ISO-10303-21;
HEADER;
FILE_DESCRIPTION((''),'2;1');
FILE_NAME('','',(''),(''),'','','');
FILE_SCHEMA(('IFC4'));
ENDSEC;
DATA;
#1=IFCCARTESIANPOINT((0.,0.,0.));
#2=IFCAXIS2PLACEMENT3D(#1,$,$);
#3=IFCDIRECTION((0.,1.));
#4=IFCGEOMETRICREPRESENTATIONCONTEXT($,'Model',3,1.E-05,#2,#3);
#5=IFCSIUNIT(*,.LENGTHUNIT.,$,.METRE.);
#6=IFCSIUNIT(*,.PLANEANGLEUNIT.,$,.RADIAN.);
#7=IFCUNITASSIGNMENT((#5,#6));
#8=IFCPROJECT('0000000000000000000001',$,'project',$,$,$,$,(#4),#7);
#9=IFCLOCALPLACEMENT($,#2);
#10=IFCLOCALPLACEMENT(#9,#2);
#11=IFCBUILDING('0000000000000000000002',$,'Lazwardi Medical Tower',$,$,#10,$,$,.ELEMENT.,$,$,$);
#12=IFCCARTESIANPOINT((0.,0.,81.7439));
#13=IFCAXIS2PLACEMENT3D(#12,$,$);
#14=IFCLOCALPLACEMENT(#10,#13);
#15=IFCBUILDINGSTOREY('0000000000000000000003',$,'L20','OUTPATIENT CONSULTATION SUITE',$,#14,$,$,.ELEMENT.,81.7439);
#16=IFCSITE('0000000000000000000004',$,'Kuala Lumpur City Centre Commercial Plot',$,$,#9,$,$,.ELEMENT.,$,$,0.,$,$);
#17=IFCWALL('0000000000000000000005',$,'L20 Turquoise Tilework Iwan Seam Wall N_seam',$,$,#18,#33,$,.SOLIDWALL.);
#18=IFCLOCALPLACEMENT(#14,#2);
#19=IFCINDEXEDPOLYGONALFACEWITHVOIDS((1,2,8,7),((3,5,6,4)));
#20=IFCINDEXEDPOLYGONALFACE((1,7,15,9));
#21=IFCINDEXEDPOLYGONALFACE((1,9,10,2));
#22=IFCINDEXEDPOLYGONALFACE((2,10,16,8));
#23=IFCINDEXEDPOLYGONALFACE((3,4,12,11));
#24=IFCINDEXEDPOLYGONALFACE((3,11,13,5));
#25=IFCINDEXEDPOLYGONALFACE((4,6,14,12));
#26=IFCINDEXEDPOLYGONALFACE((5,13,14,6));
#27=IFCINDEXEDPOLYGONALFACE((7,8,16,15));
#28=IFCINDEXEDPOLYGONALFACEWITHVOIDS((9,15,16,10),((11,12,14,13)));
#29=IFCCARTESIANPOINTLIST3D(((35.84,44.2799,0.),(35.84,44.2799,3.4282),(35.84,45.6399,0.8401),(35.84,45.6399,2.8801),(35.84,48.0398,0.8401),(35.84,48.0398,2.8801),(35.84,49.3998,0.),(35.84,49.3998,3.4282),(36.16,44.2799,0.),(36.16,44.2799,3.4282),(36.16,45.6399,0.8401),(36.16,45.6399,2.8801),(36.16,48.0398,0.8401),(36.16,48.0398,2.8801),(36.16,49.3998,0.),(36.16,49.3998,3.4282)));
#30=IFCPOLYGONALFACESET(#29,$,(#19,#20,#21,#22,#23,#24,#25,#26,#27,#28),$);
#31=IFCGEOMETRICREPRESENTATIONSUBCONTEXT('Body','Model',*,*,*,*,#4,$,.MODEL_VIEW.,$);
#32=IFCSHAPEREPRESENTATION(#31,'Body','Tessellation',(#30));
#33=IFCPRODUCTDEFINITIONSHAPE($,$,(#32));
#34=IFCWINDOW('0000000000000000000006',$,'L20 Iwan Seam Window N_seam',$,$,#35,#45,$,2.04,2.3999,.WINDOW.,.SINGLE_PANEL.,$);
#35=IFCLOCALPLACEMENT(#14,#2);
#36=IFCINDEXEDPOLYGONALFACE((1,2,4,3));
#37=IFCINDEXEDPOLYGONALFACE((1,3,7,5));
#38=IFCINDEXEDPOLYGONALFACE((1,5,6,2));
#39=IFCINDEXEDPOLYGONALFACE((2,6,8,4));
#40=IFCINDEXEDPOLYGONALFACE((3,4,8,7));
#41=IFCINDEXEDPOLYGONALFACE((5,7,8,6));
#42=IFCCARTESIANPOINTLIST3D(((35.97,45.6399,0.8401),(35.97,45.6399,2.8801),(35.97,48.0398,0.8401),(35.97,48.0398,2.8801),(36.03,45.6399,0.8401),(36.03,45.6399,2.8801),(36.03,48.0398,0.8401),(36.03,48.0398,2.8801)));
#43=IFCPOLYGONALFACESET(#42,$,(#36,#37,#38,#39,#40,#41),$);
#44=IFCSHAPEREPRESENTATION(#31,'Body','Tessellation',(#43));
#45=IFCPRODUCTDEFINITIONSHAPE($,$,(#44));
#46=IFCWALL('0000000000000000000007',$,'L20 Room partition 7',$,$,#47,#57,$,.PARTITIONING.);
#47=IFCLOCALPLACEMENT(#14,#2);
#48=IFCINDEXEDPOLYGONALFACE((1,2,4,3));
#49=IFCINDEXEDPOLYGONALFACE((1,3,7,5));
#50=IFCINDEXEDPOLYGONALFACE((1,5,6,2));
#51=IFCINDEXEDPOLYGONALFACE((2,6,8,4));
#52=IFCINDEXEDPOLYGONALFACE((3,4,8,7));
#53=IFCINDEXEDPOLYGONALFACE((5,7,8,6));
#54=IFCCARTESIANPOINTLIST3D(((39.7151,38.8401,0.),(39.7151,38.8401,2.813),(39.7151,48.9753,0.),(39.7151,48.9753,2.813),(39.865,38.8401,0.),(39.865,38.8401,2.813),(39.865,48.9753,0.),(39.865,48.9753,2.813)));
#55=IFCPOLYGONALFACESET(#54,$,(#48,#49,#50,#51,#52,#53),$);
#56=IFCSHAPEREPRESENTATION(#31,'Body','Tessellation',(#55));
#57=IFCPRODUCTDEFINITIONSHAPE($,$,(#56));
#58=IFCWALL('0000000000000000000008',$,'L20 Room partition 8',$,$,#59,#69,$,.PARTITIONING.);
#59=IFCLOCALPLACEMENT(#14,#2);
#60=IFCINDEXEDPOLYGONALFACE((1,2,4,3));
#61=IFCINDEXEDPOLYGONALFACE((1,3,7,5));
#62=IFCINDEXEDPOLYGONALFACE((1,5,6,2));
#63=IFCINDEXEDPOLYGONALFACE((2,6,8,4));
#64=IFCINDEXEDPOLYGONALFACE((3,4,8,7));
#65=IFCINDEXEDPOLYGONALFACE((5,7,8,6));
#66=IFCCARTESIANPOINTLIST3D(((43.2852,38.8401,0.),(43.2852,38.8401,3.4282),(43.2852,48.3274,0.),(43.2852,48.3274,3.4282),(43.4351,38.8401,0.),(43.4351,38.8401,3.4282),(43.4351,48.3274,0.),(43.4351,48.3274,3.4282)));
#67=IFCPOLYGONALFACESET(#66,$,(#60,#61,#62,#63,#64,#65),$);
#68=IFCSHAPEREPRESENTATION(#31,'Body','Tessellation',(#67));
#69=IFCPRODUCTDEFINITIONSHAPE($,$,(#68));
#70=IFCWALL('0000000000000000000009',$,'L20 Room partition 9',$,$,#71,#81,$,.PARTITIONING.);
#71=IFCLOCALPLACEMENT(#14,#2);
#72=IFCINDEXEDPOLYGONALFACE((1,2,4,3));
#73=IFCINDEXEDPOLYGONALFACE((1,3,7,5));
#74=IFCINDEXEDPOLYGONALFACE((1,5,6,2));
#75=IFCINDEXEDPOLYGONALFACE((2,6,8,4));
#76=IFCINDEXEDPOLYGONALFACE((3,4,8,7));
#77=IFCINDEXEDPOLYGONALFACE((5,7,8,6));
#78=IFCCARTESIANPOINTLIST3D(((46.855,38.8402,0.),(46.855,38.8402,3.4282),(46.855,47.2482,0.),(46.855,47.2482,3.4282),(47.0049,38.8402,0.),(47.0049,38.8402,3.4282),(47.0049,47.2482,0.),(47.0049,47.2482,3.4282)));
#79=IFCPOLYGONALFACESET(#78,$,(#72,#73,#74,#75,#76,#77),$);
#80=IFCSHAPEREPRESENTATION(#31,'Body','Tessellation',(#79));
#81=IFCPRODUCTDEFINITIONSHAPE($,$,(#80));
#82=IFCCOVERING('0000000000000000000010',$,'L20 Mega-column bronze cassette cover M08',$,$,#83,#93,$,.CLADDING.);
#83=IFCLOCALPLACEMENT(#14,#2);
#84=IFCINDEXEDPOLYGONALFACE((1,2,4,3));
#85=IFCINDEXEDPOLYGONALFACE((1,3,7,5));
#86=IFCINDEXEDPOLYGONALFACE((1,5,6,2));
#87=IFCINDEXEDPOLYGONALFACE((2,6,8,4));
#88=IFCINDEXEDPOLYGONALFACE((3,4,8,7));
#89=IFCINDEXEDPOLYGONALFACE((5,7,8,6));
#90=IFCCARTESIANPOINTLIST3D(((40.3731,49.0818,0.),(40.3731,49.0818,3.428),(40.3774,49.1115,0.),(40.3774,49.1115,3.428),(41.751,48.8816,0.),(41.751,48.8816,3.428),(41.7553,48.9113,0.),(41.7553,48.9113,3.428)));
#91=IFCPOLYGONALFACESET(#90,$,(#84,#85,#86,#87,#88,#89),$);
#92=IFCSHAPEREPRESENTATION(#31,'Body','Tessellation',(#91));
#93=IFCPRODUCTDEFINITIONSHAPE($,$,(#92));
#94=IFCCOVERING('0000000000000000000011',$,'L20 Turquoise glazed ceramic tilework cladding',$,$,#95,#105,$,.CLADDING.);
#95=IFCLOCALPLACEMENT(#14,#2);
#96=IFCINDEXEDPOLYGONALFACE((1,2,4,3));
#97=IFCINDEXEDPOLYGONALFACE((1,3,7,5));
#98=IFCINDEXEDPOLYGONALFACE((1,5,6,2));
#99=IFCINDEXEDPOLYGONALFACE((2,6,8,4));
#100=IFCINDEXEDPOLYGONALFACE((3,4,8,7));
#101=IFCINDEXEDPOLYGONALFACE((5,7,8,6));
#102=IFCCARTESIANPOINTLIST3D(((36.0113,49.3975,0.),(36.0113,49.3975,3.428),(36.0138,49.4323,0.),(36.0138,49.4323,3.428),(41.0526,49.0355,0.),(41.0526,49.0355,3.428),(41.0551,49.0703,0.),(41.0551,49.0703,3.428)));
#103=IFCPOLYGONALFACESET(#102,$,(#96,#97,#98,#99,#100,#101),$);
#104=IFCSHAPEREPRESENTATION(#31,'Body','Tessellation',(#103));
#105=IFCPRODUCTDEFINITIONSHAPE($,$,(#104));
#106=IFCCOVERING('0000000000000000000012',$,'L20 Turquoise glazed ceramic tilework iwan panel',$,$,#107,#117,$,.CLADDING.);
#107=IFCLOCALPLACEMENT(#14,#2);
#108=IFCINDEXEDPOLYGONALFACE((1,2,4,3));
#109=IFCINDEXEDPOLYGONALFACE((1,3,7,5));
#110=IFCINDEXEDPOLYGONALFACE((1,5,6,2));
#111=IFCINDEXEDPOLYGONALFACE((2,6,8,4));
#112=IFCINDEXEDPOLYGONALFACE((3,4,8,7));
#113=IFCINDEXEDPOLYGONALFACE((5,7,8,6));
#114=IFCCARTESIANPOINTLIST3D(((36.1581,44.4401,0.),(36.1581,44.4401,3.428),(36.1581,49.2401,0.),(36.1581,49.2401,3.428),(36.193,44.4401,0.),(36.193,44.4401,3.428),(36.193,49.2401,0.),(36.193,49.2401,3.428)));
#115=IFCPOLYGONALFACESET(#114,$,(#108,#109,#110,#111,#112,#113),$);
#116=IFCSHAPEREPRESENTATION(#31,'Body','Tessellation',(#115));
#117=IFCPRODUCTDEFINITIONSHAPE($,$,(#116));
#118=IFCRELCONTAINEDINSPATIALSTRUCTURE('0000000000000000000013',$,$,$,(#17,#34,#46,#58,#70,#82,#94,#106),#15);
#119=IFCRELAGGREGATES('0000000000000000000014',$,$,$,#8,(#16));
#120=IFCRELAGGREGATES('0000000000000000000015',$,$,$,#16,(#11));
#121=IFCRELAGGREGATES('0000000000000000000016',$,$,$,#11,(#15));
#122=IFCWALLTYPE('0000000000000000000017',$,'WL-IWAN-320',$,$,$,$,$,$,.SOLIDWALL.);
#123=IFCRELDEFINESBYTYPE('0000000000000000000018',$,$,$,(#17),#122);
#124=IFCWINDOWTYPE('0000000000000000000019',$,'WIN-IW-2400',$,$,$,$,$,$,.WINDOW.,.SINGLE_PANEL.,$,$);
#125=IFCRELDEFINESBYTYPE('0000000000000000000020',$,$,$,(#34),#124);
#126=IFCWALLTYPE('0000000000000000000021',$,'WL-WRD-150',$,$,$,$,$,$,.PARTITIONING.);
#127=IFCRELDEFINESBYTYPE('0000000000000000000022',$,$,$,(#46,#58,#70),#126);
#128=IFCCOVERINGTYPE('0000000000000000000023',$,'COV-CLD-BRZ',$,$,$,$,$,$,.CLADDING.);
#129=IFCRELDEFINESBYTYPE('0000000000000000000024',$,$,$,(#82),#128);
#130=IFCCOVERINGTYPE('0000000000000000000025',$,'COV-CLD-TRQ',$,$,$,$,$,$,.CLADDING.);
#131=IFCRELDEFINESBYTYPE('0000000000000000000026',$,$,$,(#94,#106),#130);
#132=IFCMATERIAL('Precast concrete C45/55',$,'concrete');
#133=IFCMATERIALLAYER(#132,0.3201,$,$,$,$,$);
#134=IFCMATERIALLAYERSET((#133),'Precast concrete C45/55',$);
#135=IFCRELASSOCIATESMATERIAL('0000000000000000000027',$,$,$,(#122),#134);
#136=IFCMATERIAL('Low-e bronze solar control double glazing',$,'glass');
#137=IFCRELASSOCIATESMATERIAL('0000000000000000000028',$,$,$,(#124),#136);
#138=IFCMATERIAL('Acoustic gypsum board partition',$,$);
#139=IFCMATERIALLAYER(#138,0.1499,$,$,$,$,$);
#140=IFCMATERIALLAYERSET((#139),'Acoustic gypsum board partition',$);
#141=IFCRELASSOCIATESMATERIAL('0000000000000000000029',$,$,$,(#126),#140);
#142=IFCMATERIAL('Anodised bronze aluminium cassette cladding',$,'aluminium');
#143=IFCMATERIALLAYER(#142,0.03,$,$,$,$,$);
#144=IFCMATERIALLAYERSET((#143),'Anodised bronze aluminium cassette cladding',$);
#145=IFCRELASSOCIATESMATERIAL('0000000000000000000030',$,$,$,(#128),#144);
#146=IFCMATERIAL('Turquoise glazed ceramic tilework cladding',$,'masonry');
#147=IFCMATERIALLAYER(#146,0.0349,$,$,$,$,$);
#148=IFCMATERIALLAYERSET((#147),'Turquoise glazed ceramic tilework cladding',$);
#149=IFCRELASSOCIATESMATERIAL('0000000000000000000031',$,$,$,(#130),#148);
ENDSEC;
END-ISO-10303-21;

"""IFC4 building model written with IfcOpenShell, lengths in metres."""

from ifc_helpers import new_model, si_unit, direction, frame, frame_2d, origin, origin_2d, place, context, subcontext, project, spatial, rectangle, extrude, material, layer, layer_set, type_object, element, fill, save


model = new_model("IFC4")

# Units and contexts
model_context = context("Model", 3, precision=1e-05, world=origin(), true_north=direction((0.0, 1.0)))
body_context = subcontext(model_context, "Body", "Model", "MODEL_VIEW")
ifc_project = project(units=[si_unit("LENGTHUNIT", "METRE"), si_unit("PLANEANGLEUNIT", "RADIAN")], contexts=[model_context])

# Site, building, storey
site_placement = place(None, origin())
site = spatial("IfcSite", under=ifc_project, at=site_placement, Name="Kuala Lumpur City Centre Commercial Plot", CompositionType="ELEMENT", RefElevation=0.0)
building_placement = place(site_placement, origin())
building = spatial("IfcBuilding", under=site, at=building_placement, Name="Lazwardi Medical Tower", CompositionType="ELEMENT")
storey_placement = place(building_placement, frame((0.0, 0.0, 81.7439)))
storey = spatial("IfcBuildingStorey", under=building, at=storey_placement, Name="L20", Description="OUTPATIENT CONSULTATION SUITE", CompositionType="ELEMENT", Elevation=81.7439)

# Shared definitions
ifc_material_1 = material(Name="Low-e bronze solar control double glazing", Category="glass")

# Wall, opening, window
ifc_material_2 = material(Name="Precast concrete C45/55", Category="concrete")
ifc_layer_1 = layer(ifc_material_2, 0.3201)
ifc_layer_set_1 = layer_set([ifc_layer_1], Name="Precast concrete C45/55")
wall_type_1 = type_object("IfcWallType", Name="WL-IWAN-320", PredefinedType="SOLIDWALL", material=ifc_layer_set_1)
wall_1_placement = place(storey_placement, frame((36.0, 49.3999, 0.0), z_axis=(0.0, 0.0, 1.0), x_axis=(0.0, -1.0, 0.0)))
wall_1 = element("IfcWall", 1, at=wall_1_placement, inside=storey, type_object=wall_type_1, Name="L20 Turquoise Tilework Iwan Seam Wall N_seam", PredefinedType="SOLIDWALL", context=body_context, shape_type="SweptSolid", body=[
    extrude(rectangle(XDim=5.1199, YDim=0.3201, at=frame_2d((2.5601, 0.0))), origin(), (0.0, 0.0, 1.0), 3.4282),
])
opening_1_placement = place(wall_1_placement, frame((1.3601, 0.0, 0.8401)))
opening_1 = element("IfcOpeningElement", 2, at=opening_1_placement, cuts=wall_1, PredefinedType="OPENING", context=body_context, shape_type="SweptSolid", body=[
    extrude(rectangle(XDim=2.3999, YDim=2.04, at=frame_2d((1.2, 1.02))), frame((0.0, 0.1699, 0.0), z_axis=(0.0, -1.0, 0.0), x_axis=(1.0, 0.0, 0.0)), (0.0, 0.0, 1.0), 0.3401),
])
window_type_1 = type_object("IfcWindowType", Name="WIN-IW-2400", PartitioningType="SINGLE_PANEL", PredefinedType="WINDOW", material=ifc_material_1)
window_1_placement = place(opening_1_placement, origin())
window_1 = element("IfcWindow", 3, at=window_1_placement, inside=storey, type_object=window_type_1, Name="L20 Iwan Seam Window N_seam", OverallHeight=2.04, OverallWidth=2.3999, PartitioningType="SINGLE_PANEL", PredefinedType="WINDOW", context=body_context, shape_type="SweptSolid", body=[
    extrude(rectangle(XDim=2.3999, YDim=2.04, at=frame_2d((1.2, 1.02))), frame((0.0, 0.03, 0.0), z_axis=(0.0, -1.0, 0.0), x_axis=(1.0, 0.0, 0.0)), (0.0, 0.0, 1.0), 0.0601),
])
fill(opening_1, window_1)

# Walls
ifc_material_3 = material(Name="Acoustic gypsum board partition")
ifc_layer_2 = layer(ifc_material_3, 0.1499)
ifc_layer_set_2 = layer_set([ifc_layer_2], Name="Acoustic gypsum board partition")
wall_type_2 = type_object("IfcWallType", Name="WL-WRD-150", PredefinedType="PARTITIONING", material=ifc_layer_set_2)
wall_2_placement = place(storey_placement, frame((39.79, 38.8401, 0.0), z_axis=(0.0, 0.0, 1.0), x_axis=(0.0, 1.0, 0.0)))
element("IfcWall", 4, at=wall_2_placement, inside=storey, type_object=wall_type_2, Name="L20 Room partition 7", PredefinedType="PARTITIONING", context=body_context, shape_type="SweptSolid", body=[
    extrude(rectangle(XDim=10.1353, YDim=0.1499, at=frame_2d((5.0676, 0.0))), origin(), (0.0, 0.0, 1.0), 2.813),
])
wall_3_placement = place(storey_placement, frame((43.3601, 38.8401, 0.0), z_axis=(0.0, 0.0, 1.0), x_axis=(0.0, 1.0, 0.0)))
element("IfcWall", 5, at=wall_3_placement, inside=storey, type_object=wall_type_2, Name="L20 Room partition 8", PredefinedType="PARTITIONING", context=body_context, shape_type="SweptSolid", body=[
    extrude(rectangle(XDim=9.4873, YDim=0.1499, at=frame_2d((4.7437, 0.0))), origin(), (0.0, 0.0, 1.0), 3.4282),
])
wall_4_placement = place(storey_placement, frame((46.9299, 38.8401, 0.0), z_axis=(0.0, 0.0, 1.0), x_axis=(0.0, 1.0, 0.0)))
element("IfcWall", 6, at=wall_4_placement, inside=storey, type_object=wall_type_2, Name="L20 Room partition 9", PredefinedType="PARTITIONING", context=body_context, shape_type="SweptSolid", body=[
    extrude(rectangle(XDim=8.408, YDim=0.1499, at=frame_2d((4.2041, 0.0))), origin(), (0.0, 0.0, 1.0), 3.4282),
])

# Coverings
ifc_material_4 = material(Name="Anodised bronze aluminium cassette cladding", Category="aluminium")
ifc_layer_3 = layer(ifc_material_4, 0.03)
ifc_layer_set_3 = layer_set([ifc_layer_3], Name="Anodised bronze aluminium cassette cladding")
covering_type_1 = type_object("IfcCoveringType", Name="COV-CLD-BRZ", PredefinedType="CLADDING", material=ifc_layer_set_3)
covering_1_placement = place(storey_placement, frame((41.0642, 48.9966, 0.0), z_axis=(0.0, 0.0, 1.0), x_axis=(-0.989609, 0.143785, 0.0)))
element("IfcCovering", 7, at=covering_1_placement, inside=storey, type_object=covering_type_1, Name="L20 Mega-column bronze cassette cover M08", PredefinedType="CLADDING", context=body_context, shape_type="SweptSolid", body=[
    extrude(rectangle(XDim=1.3923, YDim=0.03, at=origin_2d()), origin(), (0.0, 0.0, 1.0), 3.428),
])
ifc_material_5 = material(Name="Turquoise glazed ceramic tilework cladding", Category="masonry")
ifc_layer_4 = layer(ifc_material_5, 0.0349)
ifc_layer_set_4 = layer_set([ifc_layer_4], Name="Turquoise glazed ceramic tilework cladding")
covering_type_2 = type_object("IfcCoveringType", Name="COV-CLD-TRQ", PredefinedType="CLADDING", material=ifc_layer_set_4)
covering_2_placement = place(storey_placement, frame((38.5332, 49.2339, 0.0), z_axis=(0.0, 0.0, 1.0), x_axis=(-0.997432, 0.071625, 0.0)))
element("IfcCovering", 8, at=covering_2_placement, inside=storey, type_object=covering_type_2, Name="L20 Turquoise glazed ceramic tilework cladding", PredefinedType="CLADDING", context=body_context, shape_type="SweptSolid", body=[
    extrude(rectangle(XDim=5.0542, YDim=0.0349, at=origin_2d()), origin(), (0.0, 0.0, 1.0), 3.428),
])
covering_3_placement = place(storey_placement, frame((36.1755, 46.8401, 0.0), z_axis=(0.0, 0.0, 1.0), x_axis=(0.0, -1.0, 0.0)))
element("IfcCovering", 9, at=covering_3_placement, inside=storey, type_object=covering_type_2, Name="L20 Turquoise glazed ceramic tilework iwan panel", PredefinedType="CLADDING", context=body_context, shape_type="SweptSolid", body=[
    extrude(rectangle(XDim=4.8, YDim=0.0349, at=origin_2d()), origin(), (0.0, 0.0, 1.0), 3.428),
])

save(model, "model.ifc")
